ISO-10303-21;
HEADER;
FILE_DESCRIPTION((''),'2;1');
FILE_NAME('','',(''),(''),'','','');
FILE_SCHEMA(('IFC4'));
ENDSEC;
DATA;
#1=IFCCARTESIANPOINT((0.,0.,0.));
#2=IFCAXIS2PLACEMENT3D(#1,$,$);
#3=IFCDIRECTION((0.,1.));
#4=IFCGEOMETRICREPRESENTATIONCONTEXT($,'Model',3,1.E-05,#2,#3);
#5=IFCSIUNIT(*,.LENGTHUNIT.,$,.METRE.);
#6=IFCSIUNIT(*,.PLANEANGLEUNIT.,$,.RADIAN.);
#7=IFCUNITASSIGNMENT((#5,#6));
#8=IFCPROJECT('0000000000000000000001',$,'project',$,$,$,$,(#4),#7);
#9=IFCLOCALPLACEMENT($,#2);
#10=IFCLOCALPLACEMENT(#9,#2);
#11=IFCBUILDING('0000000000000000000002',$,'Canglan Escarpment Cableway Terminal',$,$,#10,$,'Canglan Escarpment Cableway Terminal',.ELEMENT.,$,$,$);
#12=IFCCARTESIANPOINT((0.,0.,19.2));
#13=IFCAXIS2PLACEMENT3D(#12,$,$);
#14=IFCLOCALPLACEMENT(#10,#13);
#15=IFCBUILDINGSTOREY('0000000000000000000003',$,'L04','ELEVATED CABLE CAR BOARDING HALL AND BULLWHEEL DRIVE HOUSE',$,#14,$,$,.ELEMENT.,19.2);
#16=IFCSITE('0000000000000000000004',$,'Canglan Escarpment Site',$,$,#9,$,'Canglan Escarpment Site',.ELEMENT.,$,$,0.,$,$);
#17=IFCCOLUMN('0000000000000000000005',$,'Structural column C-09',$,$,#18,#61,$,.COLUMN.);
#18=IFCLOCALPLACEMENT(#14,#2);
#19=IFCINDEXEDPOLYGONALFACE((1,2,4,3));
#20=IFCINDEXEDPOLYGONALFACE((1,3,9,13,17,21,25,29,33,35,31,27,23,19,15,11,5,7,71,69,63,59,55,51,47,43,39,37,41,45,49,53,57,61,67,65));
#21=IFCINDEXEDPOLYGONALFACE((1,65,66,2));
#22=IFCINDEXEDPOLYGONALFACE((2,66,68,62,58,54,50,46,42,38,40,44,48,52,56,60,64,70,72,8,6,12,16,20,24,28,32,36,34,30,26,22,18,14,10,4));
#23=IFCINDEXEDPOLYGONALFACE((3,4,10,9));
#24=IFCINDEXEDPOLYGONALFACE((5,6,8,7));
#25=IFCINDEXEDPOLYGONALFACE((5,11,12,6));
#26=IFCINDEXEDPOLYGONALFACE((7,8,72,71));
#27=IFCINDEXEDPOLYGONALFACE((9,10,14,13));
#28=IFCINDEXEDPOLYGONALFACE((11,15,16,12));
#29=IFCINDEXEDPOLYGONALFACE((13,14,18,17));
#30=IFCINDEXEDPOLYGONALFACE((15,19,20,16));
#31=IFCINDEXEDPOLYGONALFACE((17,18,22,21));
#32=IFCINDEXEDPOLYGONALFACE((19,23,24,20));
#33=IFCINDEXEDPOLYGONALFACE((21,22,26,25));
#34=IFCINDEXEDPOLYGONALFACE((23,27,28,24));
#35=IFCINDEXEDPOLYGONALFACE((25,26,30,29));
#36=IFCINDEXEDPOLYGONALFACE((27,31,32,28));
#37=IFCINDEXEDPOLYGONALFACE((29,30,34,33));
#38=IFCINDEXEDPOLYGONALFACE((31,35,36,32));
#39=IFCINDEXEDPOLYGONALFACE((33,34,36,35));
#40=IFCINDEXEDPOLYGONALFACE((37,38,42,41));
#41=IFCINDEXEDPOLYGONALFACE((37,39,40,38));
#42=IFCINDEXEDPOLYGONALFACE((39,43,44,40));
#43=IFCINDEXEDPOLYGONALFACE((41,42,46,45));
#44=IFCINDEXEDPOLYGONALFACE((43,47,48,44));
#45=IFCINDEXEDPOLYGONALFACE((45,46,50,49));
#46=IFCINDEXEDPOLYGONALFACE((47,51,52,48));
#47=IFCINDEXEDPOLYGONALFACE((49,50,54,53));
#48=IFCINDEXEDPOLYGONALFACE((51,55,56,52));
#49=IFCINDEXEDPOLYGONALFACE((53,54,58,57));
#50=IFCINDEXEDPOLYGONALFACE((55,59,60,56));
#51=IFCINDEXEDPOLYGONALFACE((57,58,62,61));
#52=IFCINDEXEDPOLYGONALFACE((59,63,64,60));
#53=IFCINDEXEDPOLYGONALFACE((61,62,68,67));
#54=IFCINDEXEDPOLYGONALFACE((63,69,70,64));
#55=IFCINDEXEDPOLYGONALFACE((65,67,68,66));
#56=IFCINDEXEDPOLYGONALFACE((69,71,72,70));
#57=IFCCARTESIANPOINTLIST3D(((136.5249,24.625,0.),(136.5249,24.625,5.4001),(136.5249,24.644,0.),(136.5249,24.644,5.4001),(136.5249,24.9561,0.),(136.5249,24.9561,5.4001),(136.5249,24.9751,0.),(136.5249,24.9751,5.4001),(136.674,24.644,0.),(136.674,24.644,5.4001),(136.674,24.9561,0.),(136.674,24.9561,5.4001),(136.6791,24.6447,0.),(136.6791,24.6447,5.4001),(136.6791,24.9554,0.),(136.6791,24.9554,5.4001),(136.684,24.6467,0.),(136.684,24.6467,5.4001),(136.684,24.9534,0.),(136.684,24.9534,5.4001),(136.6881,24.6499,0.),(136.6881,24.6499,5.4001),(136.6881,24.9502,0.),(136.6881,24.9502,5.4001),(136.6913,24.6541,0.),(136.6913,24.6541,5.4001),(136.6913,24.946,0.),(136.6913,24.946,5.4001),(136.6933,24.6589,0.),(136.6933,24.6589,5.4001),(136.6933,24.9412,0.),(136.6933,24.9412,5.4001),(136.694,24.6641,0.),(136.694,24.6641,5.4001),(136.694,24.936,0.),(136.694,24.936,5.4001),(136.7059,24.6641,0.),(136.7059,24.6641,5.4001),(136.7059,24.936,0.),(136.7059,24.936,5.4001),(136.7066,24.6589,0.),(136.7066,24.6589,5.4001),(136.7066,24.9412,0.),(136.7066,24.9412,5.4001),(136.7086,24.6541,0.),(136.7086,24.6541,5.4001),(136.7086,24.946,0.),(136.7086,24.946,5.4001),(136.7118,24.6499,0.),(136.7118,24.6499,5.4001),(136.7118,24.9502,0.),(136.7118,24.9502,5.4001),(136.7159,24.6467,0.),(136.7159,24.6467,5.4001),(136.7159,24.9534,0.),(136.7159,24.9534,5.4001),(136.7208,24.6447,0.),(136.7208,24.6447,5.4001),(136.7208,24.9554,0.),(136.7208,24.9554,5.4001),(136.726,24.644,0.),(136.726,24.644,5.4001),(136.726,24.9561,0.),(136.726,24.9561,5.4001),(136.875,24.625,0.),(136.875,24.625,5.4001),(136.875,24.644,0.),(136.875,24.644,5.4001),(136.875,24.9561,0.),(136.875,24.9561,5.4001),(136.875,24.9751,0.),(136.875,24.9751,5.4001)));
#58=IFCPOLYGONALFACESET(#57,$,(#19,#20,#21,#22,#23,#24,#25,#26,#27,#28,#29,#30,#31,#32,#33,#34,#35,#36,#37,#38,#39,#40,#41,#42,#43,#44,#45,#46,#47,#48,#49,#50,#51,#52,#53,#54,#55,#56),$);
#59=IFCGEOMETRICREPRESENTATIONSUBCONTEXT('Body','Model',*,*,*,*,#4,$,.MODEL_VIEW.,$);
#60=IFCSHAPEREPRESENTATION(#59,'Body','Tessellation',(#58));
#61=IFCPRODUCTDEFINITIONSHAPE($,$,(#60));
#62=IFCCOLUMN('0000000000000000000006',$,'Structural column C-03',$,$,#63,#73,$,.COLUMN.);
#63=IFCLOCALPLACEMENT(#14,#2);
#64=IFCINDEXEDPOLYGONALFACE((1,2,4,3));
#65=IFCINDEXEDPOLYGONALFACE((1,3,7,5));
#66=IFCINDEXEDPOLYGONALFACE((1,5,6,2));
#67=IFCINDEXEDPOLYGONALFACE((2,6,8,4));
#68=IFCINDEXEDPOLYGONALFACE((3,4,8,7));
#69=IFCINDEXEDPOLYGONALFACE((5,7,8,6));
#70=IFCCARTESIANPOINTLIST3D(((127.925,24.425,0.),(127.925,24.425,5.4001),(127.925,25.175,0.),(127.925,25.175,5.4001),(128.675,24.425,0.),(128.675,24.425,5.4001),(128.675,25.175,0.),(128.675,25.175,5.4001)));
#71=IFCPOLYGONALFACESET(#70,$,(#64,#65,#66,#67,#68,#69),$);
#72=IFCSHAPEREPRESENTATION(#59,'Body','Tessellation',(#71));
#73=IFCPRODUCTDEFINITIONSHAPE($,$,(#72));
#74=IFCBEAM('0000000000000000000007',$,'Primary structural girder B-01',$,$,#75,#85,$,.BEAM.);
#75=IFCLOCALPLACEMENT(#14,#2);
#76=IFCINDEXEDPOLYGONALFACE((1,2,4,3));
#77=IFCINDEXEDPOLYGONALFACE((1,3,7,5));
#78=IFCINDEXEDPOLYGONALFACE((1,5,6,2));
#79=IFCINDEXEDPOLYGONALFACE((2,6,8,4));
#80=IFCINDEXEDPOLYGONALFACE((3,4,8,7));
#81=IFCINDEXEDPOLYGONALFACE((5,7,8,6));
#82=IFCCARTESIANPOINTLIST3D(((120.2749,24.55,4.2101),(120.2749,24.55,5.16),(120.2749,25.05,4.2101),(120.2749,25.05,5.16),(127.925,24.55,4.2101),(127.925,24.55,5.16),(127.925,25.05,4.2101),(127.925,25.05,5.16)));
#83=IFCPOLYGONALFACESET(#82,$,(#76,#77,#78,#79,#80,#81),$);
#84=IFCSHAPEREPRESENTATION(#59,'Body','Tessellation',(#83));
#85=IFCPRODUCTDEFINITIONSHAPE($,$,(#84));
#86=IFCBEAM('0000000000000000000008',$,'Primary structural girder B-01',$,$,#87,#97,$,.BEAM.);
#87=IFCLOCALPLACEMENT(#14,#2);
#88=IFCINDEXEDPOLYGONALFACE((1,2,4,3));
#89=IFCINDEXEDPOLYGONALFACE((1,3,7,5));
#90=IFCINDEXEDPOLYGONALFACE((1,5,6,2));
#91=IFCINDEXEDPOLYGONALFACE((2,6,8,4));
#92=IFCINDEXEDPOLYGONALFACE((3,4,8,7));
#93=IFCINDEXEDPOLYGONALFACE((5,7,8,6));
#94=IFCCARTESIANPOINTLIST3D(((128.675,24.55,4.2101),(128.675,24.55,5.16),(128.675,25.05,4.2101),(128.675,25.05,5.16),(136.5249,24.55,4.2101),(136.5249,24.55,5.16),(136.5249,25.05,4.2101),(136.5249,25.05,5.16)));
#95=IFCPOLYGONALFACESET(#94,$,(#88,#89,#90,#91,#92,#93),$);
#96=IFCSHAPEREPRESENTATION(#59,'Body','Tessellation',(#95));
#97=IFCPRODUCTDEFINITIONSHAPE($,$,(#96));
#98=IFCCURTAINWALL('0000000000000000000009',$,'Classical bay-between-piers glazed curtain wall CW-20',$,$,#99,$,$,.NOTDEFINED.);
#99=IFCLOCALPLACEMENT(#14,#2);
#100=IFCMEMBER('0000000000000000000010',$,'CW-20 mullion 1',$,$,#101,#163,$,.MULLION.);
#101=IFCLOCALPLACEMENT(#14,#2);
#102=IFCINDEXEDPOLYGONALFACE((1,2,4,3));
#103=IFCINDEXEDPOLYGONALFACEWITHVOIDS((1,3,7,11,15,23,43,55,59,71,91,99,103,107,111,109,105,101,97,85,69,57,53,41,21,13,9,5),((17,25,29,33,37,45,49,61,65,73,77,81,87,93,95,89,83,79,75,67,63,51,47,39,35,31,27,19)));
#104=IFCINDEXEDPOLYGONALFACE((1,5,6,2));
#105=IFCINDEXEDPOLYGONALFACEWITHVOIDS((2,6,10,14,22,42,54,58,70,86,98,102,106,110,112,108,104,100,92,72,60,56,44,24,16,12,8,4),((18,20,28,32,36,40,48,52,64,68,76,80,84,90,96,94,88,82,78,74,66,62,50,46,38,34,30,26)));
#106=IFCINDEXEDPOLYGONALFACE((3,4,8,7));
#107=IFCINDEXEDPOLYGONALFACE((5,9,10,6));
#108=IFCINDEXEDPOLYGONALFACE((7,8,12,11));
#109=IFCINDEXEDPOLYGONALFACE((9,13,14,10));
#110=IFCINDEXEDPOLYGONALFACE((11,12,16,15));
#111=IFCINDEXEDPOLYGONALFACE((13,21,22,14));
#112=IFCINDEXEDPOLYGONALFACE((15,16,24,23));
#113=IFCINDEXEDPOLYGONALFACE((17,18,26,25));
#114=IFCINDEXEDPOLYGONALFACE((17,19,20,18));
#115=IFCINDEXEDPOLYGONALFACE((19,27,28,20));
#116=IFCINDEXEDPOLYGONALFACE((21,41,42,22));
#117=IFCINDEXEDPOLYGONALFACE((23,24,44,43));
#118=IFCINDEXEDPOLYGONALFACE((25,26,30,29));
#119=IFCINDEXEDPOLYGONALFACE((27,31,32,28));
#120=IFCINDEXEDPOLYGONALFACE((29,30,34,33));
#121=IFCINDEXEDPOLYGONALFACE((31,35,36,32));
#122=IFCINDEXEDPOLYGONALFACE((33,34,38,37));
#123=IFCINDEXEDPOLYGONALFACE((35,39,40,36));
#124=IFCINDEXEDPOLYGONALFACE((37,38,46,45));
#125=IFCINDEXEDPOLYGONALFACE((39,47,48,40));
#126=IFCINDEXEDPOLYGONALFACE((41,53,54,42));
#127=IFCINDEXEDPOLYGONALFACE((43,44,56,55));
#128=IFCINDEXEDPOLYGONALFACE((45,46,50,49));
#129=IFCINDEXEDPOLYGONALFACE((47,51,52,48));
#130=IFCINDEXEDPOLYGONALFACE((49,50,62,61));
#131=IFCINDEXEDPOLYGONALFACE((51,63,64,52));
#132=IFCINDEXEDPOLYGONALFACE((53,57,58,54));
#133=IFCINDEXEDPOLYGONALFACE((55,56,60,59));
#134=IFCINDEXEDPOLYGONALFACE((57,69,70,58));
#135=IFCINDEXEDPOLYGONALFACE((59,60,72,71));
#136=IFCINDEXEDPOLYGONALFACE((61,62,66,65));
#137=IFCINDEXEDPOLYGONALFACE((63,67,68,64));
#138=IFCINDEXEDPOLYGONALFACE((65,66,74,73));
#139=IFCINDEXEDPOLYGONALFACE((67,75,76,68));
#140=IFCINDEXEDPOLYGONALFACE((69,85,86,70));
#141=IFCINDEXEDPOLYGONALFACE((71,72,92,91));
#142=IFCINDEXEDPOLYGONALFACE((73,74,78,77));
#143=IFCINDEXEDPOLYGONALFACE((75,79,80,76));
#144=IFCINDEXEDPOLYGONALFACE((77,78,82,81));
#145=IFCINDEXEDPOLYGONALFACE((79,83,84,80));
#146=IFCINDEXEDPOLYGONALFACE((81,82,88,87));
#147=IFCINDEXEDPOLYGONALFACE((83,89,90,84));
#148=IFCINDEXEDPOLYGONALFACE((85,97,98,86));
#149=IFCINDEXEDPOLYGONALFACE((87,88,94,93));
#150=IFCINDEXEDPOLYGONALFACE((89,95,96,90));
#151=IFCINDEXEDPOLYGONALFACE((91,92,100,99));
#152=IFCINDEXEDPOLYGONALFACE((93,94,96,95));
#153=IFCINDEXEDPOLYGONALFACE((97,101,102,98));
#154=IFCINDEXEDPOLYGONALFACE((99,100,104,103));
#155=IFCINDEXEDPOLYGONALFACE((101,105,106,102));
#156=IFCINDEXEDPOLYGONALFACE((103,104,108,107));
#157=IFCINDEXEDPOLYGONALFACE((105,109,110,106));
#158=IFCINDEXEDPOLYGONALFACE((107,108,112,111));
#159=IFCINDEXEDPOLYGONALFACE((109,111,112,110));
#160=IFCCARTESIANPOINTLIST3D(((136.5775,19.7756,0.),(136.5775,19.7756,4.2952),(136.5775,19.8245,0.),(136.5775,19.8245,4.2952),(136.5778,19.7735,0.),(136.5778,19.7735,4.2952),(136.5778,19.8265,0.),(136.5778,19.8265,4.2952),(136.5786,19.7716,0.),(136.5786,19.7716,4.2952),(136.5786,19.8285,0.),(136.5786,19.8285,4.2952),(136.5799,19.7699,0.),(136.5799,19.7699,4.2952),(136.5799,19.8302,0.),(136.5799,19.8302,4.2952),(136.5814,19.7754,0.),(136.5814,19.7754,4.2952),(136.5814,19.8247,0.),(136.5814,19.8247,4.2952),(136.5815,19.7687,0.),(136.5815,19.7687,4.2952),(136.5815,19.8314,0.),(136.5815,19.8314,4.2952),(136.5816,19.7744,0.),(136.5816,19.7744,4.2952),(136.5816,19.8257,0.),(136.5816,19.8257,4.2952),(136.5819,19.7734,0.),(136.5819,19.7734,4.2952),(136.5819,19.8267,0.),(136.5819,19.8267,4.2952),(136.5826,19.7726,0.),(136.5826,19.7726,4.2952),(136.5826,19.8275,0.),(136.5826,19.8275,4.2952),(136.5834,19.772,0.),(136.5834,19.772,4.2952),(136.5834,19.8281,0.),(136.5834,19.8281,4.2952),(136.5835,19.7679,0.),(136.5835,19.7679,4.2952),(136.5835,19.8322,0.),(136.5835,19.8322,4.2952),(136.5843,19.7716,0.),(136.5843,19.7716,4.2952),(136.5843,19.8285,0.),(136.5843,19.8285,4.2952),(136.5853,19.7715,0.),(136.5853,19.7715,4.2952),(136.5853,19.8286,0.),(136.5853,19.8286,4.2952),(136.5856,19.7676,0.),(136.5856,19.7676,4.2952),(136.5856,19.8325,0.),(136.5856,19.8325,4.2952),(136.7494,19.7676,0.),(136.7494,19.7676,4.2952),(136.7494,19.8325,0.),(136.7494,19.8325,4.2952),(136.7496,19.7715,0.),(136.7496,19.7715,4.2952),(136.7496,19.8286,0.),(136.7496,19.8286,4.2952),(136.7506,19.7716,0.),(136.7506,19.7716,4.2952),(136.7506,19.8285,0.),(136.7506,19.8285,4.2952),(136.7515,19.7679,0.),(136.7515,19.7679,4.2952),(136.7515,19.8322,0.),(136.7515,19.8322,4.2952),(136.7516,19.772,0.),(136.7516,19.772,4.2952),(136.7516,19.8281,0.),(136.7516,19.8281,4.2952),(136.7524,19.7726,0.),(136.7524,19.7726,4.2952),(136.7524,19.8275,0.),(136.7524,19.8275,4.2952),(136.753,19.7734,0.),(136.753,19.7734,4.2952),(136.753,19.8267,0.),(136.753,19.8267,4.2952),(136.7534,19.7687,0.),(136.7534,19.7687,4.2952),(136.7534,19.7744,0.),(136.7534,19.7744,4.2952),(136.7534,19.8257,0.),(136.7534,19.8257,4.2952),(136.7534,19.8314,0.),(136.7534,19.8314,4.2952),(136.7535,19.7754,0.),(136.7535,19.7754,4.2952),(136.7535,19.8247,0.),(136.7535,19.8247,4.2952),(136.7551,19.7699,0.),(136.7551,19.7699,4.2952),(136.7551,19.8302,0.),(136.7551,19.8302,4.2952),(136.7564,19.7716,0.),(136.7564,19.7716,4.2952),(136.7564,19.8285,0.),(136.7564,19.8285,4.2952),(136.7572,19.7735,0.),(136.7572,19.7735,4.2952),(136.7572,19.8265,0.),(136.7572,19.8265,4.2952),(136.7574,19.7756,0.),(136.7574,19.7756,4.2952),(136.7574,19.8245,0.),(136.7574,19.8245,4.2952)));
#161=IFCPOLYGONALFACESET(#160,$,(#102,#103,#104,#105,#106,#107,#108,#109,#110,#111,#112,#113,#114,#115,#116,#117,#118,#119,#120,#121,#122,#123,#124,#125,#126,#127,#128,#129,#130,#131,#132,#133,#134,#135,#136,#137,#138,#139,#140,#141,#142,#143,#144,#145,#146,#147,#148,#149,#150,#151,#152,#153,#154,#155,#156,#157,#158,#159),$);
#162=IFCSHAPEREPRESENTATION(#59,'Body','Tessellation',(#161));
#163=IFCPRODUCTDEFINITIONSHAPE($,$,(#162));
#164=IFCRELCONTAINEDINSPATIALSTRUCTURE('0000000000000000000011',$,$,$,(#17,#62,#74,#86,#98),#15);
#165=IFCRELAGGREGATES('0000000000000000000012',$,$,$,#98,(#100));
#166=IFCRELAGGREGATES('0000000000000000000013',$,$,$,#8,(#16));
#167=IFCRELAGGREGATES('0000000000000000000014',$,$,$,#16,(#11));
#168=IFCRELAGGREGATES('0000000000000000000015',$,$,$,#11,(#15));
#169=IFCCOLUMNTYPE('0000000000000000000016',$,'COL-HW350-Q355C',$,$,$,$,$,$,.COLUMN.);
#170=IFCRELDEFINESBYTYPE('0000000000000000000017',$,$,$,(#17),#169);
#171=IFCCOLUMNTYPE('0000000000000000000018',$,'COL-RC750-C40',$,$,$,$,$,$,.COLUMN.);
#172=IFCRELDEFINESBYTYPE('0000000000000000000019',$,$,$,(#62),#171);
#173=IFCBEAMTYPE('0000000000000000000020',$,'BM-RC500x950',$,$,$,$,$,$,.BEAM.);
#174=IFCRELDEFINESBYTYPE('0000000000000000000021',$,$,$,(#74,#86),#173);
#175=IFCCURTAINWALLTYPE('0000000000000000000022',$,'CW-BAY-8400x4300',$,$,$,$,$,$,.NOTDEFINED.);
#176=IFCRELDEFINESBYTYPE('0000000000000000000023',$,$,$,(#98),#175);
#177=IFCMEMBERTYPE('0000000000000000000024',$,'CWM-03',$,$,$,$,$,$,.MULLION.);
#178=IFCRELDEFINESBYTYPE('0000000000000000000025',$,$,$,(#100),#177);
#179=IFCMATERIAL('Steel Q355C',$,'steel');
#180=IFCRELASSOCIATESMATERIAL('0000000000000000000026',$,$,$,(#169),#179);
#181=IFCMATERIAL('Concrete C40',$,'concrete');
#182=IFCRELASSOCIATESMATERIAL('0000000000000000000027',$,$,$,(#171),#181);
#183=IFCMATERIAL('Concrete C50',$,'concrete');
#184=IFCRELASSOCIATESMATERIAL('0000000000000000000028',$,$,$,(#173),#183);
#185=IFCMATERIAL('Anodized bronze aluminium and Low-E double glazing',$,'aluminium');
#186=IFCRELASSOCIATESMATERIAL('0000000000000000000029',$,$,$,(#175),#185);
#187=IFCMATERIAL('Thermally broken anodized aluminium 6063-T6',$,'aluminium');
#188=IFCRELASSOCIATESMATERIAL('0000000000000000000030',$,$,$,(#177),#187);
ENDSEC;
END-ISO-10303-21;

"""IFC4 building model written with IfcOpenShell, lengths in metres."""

from ifc_helpers import new_model, si_unit, direction, frame, origin, origin_2d, place, context, subcontext, project, spatial, rectangle, hollow_rectangle, i_section, extrude, material, material_profile, profile_set, type_object, element, aggregate, save


model = new_model("IFC4")

# Units and contexts
model_context = context("Model", 3, precision=1e-05, world=origin(), true_north=direction((0.0, 1.0)))
body_context = subcontext(model_context, "Body", "Model", "MODEL_VIEW")
ifc_project = project(units=[si_unit("LENGTHUNIT", "METRE"), si_unit("PLANEANGLEUNIT", "RADIAN")], contexts=[model_context])

# Site, building, storey
site_placement = place(None, origin())
site = spatial("IfcSite", under=ifc_project, at=site_placement, Name="Canglan Escarpment Site", LongName="Canglan Escarpment Site", CompositionType="ELEMENT", RefElevation=0.0)
building_placement = place(site_placement, origin())
building = spatial("IfcBuilding", under=site, at=building_placement, Name="Canglan Escarpment Cableway Terminal", LongName="Canglan Escarpment Cableway Terminal", CompositionType="ELEMENT")
storey_placement = place(building_placement, frame((0.0, 0.0, 19.2)))
storey = spatial("IfcBuildingStorey", under=building, at=storey_placement, Name="L04", Description="ELEVATED CABLE CAR BOARDING HALL AND BULLWHEEL DRIVE HOUSE", CompositionType="ELEMENT", Elevation=19.2)

# Columns
ifc_material_1 = material(Name="Steel Q355C", Category="steel")
ifc_material_profile_1 = material_profile(ifc_material_1, i_section(OverallWidth=0.3501, OverallDepth=0.3501, WebThickness=0.012, FlangeThickness=0.019, FilletRadius=0.02, at=origin_2d()), Name="HW 350x350x12x19")
ifc_profile_set_1 = profile_set([ifc_material_profile_1], Name="Steel Q355C")
column_type_1 = type_object("IfcColumnType", Name="COL-HW350-Q355C", PredefinedType="COLUMN", material=ifc_profile_set_1)
column_1_placement = place(storey_placement, frame((136.7, 24.8, 0.0), z_axis=(0.0, 0.0, 1.0), x_axis=(1.0, 0.0, 0.0)))
element("IfcColumn", 1, at=column_1_placement, inside=storey, type_object=column_type_1, Name="Structural column C-09", PredefinedType="COLUMN", context=body_context, shape_type="SweptSolid", body=[
    extrude(i_section(OverallWidth=0.3501, OverallDepth=0.3501, WebThickness=0.012, FlangeThickness=0.019, FilletRadius=0.02, at=origin_2d()), origin(), (0.0, 0.0, 1.0), 5.4001),
])
ifc_material_2 = material(Name="Concrete C40", Category="concrete")
ifc_material_profile_2 = material_profile(ifc_material_2, rectangle(XDim=0.75, YDim=0.75, at=origin_2d()), Name="RC 750x750")
ifc_profile_set_2 = profile_set([ifc_material_profile_2], Name="Concrete C40")
column_type_2 = type_object("IfcColumnType", Name="COL-RC750-C40", PredefinedType="COLUMN", material=ifc_profile_set_2)
column_2_placement = place(storey_placement, frame((128.3, 24.8, 0.0), z_axis=(0.0, 0.0, 1.0), x_axis=(1.0, 0.0, 0.0)))
element("IfcColumn", 2, at=column_2_placement, inside=storey, type_object=column_type_2, Name="Structural column C-03", PredefinedType="COLUMN", context=body_context, shape_type="SweptSolid", body=[
    extrude(rectangle(XDim=0.75, YDim=0.75, at=origin_2d()), origin(), (0.0, 0.0, 1.0), 5.4001),
])

# Beams
ifc_material_3 = material(Name="Concrete C50", Category="concrete")
ifc_material_profile_3 = material_profile(ifc_material_3, rectangle(XDim=0.5, YDim=0.95, at=origin_2d()), Name="RC 500x950")
ifc_profile_set_3 = profile_set([ifc_material_profile_3], Name="Concrete C50")
beam_type_1 = type_object("IfcBeamType", Name="BM-RC500x950", PredefinedType="BEAM", material=ifc_profile_set_3)
beam_1_placement = place(storey_placement, frame((120.2749, 24.8, 4.6851), z_axis=(1.0, 0.0, 0.0), x_axis=(0.0, 1.0, 0.0)))
element("IfcBeam", 3, at=beam_1_placement, inside=storey, type_object=beam_type_1, Name="Primary structural girder B-01", PredefinedType="BEAM", context=body_context, shape_type="SweptSolid", body=[
    extrude(rectangle(XDim=0.5, YDim=0.95, at=origin_2d()), origin(), (0.0, 0.0, 1.0), 7.6501),
])
beam_2_placement = place(storey_placement, frame((128.675, 24.8, 4.6851), z_axis=(1.0, 0.0, 0.0), x_axis=(0.0, 1.0, 0.0)))
element("IfcBeam", 4, at=beam_2_placement, inside=storey, type_object=beam_type_1, Name="Primary structural girder B-01", PredefinedType="BEAM", context=body_context, shape_type="SweptSolid", body=[
    extrude(rectangle(XDim=0.5, YDim=0.95, at=origin_2d()), origin(), (0.0, 0.0, 1.0), 7.8499),
])

# Curtain wall, member
ifc_material_4 = material(Name="Anodized bronze aluminium and Low-E double glazing", Category="aluminium")
curtain_wall_type = type_object("IfcCurtainWallType", Name="CW-BAY-8400x4300", PredefinedType="NOTDEFINED", material=ifc_material_4)
curtain_wall_placement = place(storey_placement, origin())
curtain_wall = element("IfcCurtainWall", 5, at=curtain_wall_placement, inside=storey, type_object=curtain_wall_type, Name="Classical bay-between-piers glazed curtain wall CW-20", PredefinedType="NOTDEFINED")
ifc_material_5 = material(Name="Thermally broken anodized aluminium 6063-T6", Category="aluminium")
ifc_material_profile_4 = material_profile(ifc_material_5, hollow_rectangle(XDim=0.0649, YDim=0.1799, WallThickness=0.0039, InnerFilletRadius=0.0039, OuterFilletRadius=0.0081, at=origin_2d()), Name="ALU-MULL 65x180x4")
ifc_profile_set_4 = profile_set([ifc_material_profile_4], Name="Thermally broken anodized aluminium 6063-T6")
member_type_1 = type_object("IfcMemberType", Name="CWM-03", PredefinedType="MULLION", material=ifc_profile_set_4)
member_1_placement = place(storey_placement, frame((136.6675, 19.8, 0.0), z_axis=(0.0, 0.0, 1.0), x_axis=(0.0, -1.0, 0.0)))
member_1 = element("IfcMember", 6, at=member_1_placement, type_object=member_type_1, Name="CW-20 mullion 1", PredefinedType="MULLION", context=body_context, shape_type="SweptSolid", body=[
    extrude(hollow_rectangle(XDim=0.0649, YDim=0.1799, WallThickness=0.0039, InnerFilletRadius=0.0039, OuterFilletRadius=0.0081, at=origin_2d()), origin(), (0.0, 0.0, 1.0), 4.2952),
])

aggregate(curtain_wall, [member_1])

save(model, "model.ifc")
